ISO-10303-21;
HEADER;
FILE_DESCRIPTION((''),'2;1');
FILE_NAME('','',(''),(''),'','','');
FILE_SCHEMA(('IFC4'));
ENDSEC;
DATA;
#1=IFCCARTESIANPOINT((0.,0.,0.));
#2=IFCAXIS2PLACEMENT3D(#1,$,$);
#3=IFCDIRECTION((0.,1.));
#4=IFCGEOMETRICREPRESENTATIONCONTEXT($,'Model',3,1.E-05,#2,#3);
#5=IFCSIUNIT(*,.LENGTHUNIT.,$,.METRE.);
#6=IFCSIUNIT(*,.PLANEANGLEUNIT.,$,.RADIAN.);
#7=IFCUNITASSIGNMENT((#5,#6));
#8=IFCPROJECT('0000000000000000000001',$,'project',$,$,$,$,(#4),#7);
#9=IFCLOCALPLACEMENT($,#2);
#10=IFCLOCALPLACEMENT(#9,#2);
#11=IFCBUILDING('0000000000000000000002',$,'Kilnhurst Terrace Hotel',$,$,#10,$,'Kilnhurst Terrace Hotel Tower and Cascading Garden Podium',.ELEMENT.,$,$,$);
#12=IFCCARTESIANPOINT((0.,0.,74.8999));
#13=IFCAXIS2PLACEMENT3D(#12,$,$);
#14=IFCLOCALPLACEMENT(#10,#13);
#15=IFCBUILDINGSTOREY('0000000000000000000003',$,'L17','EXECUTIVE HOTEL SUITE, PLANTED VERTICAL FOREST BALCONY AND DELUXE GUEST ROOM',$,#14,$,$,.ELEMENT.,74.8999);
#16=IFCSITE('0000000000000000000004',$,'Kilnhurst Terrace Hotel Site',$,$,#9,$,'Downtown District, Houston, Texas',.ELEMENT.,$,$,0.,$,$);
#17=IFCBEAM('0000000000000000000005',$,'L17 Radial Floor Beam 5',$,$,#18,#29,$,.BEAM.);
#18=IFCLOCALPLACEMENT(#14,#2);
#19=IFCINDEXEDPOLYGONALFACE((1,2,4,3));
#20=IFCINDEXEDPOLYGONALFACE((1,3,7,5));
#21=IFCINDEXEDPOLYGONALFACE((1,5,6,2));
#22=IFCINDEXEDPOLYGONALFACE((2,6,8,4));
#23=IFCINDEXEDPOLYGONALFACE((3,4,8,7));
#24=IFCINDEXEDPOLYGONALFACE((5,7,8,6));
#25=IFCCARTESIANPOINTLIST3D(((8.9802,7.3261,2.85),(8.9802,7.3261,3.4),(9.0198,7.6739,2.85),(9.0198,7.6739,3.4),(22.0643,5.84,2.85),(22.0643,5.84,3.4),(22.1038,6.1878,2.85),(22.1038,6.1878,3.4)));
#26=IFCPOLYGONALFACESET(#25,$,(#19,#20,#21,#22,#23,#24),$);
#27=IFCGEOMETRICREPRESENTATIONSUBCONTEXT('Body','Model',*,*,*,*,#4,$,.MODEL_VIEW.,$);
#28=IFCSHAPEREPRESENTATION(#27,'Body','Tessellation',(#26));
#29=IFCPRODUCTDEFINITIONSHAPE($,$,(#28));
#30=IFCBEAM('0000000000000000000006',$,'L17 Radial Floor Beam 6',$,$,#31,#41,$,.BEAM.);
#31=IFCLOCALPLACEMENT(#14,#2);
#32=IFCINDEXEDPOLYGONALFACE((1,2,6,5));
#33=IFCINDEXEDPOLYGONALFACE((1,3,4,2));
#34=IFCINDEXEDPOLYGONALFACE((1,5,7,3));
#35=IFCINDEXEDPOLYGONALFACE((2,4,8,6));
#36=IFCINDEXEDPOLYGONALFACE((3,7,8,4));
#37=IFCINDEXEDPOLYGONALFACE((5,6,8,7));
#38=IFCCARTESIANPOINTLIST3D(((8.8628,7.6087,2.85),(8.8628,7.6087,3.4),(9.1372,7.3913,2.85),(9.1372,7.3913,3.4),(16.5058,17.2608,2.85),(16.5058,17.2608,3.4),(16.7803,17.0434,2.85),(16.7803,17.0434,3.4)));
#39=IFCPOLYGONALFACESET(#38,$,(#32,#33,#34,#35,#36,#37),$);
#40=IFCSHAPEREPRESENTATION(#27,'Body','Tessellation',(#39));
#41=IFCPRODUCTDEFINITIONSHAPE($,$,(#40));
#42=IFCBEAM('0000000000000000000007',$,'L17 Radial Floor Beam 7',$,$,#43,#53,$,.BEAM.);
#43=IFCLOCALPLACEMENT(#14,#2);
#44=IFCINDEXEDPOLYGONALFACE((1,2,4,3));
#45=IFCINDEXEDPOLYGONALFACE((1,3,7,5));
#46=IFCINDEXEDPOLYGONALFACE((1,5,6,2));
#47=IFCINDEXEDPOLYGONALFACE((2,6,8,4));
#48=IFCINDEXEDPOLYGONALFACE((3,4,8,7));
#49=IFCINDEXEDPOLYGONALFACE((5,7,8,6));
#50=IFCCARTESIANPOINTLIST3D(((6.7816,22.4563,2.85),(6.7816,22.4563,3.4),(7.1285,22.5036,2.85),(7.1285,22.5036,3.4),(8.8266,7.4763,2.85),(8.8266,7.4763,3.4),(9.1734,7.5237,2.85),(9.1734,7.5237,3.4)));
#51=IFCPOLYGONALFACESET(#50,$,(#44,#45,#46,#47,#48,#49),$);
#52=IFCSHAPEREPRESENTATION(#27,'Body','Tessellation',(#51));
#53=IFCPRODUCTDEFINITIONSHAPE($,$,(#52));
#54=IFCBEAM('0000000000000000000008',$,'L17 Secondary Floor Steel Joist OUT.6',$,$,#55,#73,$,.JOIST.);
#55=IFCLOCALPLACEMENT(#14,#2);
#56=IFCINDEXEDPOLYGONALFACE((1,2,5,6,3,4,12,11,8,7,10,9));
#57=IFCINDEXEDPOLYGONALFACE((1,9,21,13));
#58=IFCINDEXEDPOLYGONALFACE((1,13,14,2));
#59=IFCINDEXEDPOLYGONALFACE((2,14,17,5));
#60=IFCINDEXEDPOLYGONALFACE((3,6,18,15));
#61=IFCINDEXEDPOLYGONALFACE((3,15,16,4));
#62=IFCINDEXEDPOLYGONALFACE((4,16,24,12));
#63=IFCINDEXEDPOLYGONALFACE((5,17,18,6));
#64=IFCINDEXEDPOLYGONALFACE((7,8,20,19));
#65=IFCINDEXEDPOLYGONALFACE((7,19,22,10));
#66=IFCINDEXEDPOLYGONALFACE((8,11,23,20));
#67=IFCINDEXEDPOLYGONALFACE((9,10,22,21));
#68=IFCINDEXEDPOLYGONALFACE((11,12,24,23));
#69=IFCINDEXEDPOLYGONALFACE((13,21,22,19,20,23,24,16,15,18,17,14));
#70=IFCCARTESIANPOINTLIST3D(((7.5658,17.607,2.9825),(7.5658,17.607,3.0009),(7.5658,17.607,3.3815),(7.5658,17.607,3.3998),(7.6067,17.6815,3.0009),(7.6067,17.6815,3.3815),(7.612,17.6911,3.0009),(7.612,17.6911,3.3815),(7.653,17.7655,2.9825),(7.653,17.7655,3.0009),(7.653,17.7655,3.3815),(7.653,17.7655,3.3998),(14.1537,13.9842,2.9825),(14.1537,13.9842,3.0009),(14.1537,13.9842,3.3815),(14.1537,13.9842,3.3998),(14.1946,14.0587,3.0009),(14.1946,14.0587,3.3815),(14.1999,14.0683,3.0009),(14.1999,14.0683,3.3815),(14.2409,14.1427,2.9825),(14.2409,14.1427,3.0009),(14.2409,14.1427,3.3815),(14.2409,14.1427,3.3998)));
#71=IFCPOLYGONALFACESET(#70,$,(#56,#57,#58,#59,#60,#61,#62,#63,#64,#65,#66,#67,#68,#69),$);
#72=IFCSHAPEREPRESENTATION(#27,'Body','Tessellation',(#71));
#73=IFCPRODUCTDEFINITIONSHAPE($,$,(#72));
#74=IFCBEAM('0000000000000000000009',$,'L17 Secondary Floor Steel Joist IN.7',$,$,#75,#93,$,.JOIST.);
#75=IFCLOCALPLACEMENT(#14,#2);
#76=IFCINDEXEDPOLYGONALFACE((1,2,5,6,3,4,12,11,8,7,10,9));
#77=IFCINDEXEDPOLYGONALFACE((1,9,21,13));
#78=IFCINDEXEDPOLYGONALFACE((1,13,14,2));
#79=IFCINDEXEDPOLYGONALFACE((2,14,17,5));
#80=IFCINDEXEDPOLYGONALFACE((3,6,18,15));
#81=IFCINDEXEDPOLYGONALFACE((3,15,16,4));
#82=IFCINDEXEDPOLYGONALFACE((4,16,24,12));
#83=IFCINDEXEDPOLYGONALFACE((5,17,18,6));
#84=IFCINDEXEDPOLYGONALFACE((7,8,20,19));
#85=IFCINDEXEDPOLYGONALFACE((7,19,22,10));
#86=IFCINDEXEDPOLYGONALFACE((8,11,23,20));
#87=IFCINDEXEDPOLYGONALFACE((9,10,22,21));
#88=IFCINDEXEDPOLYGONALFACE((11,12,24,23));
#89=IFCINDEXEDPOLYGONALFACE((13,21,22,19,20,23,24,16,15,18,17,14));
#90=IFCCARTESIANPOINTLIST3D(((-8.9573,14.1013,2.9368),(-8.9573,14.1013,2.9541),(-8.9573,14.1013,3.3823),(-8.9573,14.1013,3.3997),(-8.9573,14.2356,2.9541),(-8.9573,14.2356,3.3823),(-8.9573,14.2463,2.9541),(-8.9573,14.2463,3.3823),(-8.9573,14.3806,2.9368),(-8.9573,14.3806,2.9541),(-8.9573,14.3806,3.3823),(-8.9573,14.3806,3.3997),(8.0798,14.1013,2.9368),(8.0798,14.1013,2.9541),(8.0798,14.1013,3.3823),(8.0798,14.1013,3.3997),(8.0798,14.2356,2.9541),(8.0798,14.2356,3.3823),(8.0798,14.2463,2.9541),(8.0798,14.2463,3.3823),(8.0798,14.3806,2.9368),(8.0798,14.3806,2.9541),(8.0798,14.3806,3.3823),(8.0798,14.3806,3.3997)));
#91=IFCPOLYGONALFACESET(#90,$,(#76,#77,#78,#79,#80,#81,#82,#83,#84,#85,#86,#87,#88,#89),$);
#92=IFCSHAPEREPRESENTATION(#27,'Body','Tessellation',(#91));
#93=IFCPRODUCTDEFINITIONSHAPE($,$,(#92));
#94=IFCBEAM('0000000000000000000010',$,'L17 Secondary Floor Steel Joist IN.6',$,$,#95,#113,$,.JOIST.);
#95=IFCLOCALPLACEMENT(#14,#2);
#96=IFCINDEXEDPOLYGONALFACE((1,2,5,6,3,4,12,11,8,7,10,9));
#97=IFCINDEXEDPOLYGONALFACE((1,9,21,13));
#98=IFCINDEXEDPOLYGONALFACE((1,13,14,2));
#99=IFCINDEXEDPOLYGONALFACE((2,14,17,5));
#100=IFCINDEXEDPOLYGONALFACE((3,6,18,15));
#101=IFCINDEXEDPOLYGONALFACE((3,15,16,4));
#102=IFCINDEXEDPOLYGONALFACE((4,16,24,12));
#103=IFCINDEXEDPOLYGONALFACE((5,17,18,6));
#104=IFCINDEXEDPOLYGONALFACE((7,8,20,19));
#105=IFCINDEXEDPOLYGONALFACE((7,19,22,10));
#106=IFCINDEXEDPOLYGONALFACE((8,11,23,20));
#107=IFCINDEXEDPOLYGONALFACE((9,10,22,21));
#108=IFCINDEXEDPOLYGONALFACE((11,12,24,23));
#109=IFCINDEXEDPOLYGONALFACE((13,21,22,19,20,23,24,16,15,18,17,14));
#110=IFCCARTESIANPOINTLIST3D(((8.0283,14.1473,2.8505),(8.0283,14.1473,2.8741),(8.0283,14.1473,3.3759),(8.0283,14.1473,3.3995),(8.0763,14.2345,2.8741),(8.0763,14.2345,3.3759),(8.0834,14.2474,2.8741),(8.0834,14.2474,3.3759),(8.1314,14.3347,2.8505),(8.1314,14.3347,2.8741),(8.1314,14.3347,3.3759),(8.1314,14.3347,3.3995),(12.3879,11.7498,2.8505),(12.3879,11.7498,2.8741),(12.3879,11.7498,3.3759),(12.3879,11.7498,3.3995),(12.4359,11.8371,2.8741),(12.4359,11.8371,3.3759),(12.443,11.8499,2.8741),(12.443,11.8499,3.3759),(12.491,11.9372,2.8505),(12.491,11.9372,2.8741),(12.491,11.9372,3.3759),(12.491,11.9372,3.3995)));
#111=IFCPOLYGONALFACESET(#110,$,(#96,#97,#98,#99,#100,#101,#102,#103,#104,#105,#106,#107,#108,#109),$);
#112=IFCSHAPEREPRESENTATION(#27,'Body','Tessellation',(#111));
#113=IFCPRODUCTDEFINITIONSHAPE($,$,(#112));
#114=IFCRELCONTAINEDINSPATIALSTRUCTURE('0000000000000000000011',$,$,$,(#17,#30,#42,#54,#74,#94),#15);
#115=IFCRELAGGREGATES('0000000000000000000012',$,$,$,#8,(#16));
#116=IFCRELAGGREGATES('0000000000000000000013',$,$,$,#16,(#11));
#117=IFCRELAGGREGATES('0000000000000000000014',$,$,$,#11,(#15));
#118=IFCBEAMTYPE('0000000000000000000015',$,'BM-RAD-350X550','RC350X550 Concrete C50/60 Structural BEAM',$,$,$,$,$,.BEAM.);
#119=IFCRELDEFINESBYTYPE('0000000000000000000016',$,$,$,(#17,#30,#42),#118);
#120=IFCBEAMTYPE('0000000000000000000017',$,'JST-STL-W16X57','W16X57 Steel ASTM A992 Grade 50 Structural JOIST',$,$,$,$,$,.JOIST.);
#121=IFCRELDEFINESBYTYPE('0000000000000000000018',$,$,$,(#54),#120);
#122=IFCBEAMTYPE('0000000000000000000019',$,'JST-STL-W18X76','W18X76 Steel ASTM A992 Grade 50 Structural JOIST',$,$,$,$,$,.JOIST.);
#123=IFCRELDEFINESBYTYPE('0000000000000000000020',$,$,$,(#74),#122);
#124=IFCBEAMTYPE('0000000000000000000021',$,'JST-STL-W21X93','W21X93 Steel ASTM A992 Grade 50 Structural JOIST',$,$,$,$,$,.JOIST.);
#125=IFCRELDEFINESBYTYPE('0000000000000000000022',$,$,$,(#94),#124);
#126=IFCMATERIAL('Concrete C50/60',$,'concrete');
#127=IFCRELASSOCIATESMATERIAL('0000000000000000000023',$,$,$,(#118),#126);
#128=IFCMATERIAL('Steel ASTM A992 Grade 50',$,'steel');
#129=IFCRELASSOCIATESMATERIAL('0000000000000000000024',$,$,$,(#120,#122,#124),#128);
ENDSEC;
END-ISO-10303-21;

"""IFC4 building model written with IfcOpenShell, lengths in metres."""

from ifc_helpers import new_model, si_unit, direction, frame, origin, origin_2d, place, context, subcontext, project, spatial, rectangle, i_section, extrude, material, material_profile, profile_set, type_object, element, save


model = new_model("IFC4")

# Units and contexts
model_context = context("Model", 3, precision=1e-05, world=origin(), true_north=direction((0.0, 1.0)))
body_context = subcontext(model_context, "Body", "Model", "MODEL_VIEW")
ifc_project = project(units=[si_unit("LENGTHUNIT", "METRE"), si_unit("PLANEANGLEUNIT", "RADIAN")], contexts=[model_context])

# Site, building, storey
site_placement = place(None, origin())
site = spatial("IfcSite", under=ifc_project, at=site_placement, Name="Kilnhurst Terrace Hotel Site", LongName="Downtown District, Houston, Texas", CompositionType="ELEMENT", RefElevation=0.0)
building_placement = place(site_placement, origin())
building = spatial("IfcBuilding", under=site, at=building_placement, Name="Kilnhurst Terrace Hotel", LongName="Kilnhurst Terrace Hotel Tower and Cascading Garden Podium", CompositionType="ELEMENT")
storey_placement = place(building_placement, frame((0.0, 0.0, 74.8999)))
storey = spatial("IfcBuildingStorey", under=building, at=storey_placement, Name="L17", Description="EXECUTIVE HOTEL SUITE, PLANTED VERTICAL FOREST BALCONY AND DELUXE GUEST ROOM", CompositionType="ELEMENT", Elevation=74.8999)

# Beams
ifc_material_1 = material(Name="Concrete C50/60", Category="concrete")
ifc_material_profile_1 = material_profile(ifc_material_1, rectangle(XDim=0.3501, YDim=0.55, at=origin_2d()), Name="RC350X550")
ifc_profile_set_1 = profile_set([ifc_material_profile_1], Name="Concrete C50/60")
beam_type_1 = type_object("IfcBeamType", Name="BM-RAD-350X550", Description="RC350X550 Concrete C50/60 Structural BEAM", PredefinedType="BEAM", material=ifc_profile_set_1)
beam_1_placement = place(storey_placement, frame((9.0, 7.5, 3.125), z_axis=(0.993611, -0.112855, 0.0), x_axis=(0.112855, 0.993611, 0.0)))
element("IfcBeam", 1, at=beam_1_placement, inside=storey, type_object=beam_type_1, Name="L17 Radial Floor Beam 5", PredefinedType="BEAM", context=body_context, shape_type="SweptSolid", body=[
    extrude(rectangle(XDim=0.3501, YDim=0.55, at=origin_2d()), origin(), (0.0, 0.0, 1.0), 13.1682),
])
beam_2_placement = place(storey_placement, frame((9.0, 7.5, 3.125), z_axis=(0.620794, 0.783974, 0.0), x_axis=(-0.783974, 0.620794, 0.0)))
element("IfcBeam", 2, at=beam_2_placement, inside=storey, type_object=beam_type_1, Name="L17 Radial Floor Beam 6", PredefinedType="BEAM", context=body_context, shape_type="SweptSolid", body=[
    extrude(rectangle(XDim=0.3501, YDim=0.55, at=origin_2d()), origin(), (0.0, 0.0, 1.0), 12.3118),
])
beam_3_placement = place(storey_placement, frame((9.0, 7.5, 3.125), z_axis=(-0.135256, 0.990811, 0.0), x_axis=(-0.990811, -0.135256, 0.0)))
element("IfcBeam", 3, at=beam_3_placement, inside=storey, type_object=beam_type_1, Name="L17 Radial Floor Beam 7", PredefinedType="BEAM", context=body_context, shape_type="SweptSolid", body=[
    extrude(rectangle(XDim=0.3501, YDim=0.55, at=origin_2d()), origin(), (0.0, 0.0, 1.0), 15.1189),
])
ifc_material_2 = material(Name="Steel ASTM A992 Grade 50", Category="steel")
ifc_material_profile_2 = material_profile(ifc_material_2, i_section(OverallWidth=0.1809, OverallDepth=0.4172, WebThickness=0.011, FlangeThickness=0.0183, at=origin_2d()), Name="W16X57")
ifc_profile_set_2 = profile_set([ifc_material_profile_2], Name="Steel ASTM A992 Grade 50")
beam_type_2 = type_object("IfcBeamType", Name="JST-STL-W16X57", Description="W16X57 Steel ASTM A992 Grade 50 Structural JOIST", PredefinedType="JOIST", material=ifc_profile_set_2)
beam_4_placement = place(storey_placement, frame((14.1973, 14.0635, 3.1912), z_axis=(-0.876246, 0.481864, 0.0), x_axis=(-0.481864, -0.876246, 0.0)))
element("IfcBeam", 4, at=beam_4_placement, inside=storey, type_object=beam_type_2, Name="L17 Secondary Floor Steel Joist OUT.6", PredefinedType="JOIST", context=body_context, shape_type="SweptSolid", body=[
    extrude(i_section(OverallWidth=0.1809, OverallDepth=0.4172, WebThickness=0.011, FlangeThickness=0.0183, at=origin_2d()), origin(), (0.0, 0.0, 1.0), 7.5183),
])
ifc_material_profile_3 = material_profile(ifc_material_2, i_section(OverallWidth=0.2793, OverallDepth=0.4629, WebThickness=0.0107, FlangeThickness=0.0173, at=origin_2d()), Name="W18X76")
ifc_profile_set_3 = profile_set([ifc_material_profile_3], Name="Steel ASTM A992 Grade 50")
beam_type_3 = type_object("IfcBeamType", Name="JST-STL-W18X76", Description="W18X76 Steel ASTM A992 Grade 50 Structural JOIST", PredefinedType="JOIST", material=ifc_profile_set_3)
beam_5_placement = place(storey_placement, frame((8.0798, 14.241, 3.1682), z_axis=(-1.0, 0.0, 0.0), x_axis=(0.0, -1.0, 0.0)))
element("IfcBeam", 5, at=beam_5_placement, inside=storey, type_object=beam_type_3, Name="L17 Secondary Floor Steel Joist IN.7", PredefinedType="JOIST", context=body_context, shape_type="SweptSolid", body=[
    extrude(i_section(OverallWidth=0.2793, OverallDepth=0.4629, WebThickness=0.0107, FlangeThickness=0.0173, at=origin_2d()), origin(), (0.0, 0.0, 1.0), 17.0371),
])
ifc_material_profile_4 = material_profile(ifc_material_2, i_section(OverallWidth=0.2139, OverallDepth=0.5491, WebThickness=0.0146, FlangeThickness=0.0237, at=origin_2d()), Name="W21X93")
ifc_profile_set_4 = profile_set([ifc_material_profile_4], Name="Steel ASTM A992 Grade 50")
beam_type_4 = type_object("IfcBeamType", Name="JST-STL-W21X93", Description="W21X93 Steel ASTM A992 Grade 50 Structural JOIST", PredefinedType="JOIST", material=ifc_profile_set_4)
beam_6_placement = place(storey_placement, frame((12.4395, 11.8435, 3.125), z_axis=(-0.876244, 0.481868, 0.0), x_axis=(-0.481868, -0.876244, 0.0)))
element("IfcBeam", 6, at=beam_6_placement, inside=storey, type_object=beam_type_4, Name="L17 Secondary Floor Steel Joist IN.6", PredefinedType="JOIST", context=body_context, shape_type="SweptSolid", body=[
    extrude(i_section(OverallWidth=0.2139, OverallDepth=0.5491, WebThickness=0.0146, FlangeThickness=0.0237, at=origin_2d()), origin(), (0.0, 0.0, 1.0), 4.9753),
])

save(model, "model.ifc")
